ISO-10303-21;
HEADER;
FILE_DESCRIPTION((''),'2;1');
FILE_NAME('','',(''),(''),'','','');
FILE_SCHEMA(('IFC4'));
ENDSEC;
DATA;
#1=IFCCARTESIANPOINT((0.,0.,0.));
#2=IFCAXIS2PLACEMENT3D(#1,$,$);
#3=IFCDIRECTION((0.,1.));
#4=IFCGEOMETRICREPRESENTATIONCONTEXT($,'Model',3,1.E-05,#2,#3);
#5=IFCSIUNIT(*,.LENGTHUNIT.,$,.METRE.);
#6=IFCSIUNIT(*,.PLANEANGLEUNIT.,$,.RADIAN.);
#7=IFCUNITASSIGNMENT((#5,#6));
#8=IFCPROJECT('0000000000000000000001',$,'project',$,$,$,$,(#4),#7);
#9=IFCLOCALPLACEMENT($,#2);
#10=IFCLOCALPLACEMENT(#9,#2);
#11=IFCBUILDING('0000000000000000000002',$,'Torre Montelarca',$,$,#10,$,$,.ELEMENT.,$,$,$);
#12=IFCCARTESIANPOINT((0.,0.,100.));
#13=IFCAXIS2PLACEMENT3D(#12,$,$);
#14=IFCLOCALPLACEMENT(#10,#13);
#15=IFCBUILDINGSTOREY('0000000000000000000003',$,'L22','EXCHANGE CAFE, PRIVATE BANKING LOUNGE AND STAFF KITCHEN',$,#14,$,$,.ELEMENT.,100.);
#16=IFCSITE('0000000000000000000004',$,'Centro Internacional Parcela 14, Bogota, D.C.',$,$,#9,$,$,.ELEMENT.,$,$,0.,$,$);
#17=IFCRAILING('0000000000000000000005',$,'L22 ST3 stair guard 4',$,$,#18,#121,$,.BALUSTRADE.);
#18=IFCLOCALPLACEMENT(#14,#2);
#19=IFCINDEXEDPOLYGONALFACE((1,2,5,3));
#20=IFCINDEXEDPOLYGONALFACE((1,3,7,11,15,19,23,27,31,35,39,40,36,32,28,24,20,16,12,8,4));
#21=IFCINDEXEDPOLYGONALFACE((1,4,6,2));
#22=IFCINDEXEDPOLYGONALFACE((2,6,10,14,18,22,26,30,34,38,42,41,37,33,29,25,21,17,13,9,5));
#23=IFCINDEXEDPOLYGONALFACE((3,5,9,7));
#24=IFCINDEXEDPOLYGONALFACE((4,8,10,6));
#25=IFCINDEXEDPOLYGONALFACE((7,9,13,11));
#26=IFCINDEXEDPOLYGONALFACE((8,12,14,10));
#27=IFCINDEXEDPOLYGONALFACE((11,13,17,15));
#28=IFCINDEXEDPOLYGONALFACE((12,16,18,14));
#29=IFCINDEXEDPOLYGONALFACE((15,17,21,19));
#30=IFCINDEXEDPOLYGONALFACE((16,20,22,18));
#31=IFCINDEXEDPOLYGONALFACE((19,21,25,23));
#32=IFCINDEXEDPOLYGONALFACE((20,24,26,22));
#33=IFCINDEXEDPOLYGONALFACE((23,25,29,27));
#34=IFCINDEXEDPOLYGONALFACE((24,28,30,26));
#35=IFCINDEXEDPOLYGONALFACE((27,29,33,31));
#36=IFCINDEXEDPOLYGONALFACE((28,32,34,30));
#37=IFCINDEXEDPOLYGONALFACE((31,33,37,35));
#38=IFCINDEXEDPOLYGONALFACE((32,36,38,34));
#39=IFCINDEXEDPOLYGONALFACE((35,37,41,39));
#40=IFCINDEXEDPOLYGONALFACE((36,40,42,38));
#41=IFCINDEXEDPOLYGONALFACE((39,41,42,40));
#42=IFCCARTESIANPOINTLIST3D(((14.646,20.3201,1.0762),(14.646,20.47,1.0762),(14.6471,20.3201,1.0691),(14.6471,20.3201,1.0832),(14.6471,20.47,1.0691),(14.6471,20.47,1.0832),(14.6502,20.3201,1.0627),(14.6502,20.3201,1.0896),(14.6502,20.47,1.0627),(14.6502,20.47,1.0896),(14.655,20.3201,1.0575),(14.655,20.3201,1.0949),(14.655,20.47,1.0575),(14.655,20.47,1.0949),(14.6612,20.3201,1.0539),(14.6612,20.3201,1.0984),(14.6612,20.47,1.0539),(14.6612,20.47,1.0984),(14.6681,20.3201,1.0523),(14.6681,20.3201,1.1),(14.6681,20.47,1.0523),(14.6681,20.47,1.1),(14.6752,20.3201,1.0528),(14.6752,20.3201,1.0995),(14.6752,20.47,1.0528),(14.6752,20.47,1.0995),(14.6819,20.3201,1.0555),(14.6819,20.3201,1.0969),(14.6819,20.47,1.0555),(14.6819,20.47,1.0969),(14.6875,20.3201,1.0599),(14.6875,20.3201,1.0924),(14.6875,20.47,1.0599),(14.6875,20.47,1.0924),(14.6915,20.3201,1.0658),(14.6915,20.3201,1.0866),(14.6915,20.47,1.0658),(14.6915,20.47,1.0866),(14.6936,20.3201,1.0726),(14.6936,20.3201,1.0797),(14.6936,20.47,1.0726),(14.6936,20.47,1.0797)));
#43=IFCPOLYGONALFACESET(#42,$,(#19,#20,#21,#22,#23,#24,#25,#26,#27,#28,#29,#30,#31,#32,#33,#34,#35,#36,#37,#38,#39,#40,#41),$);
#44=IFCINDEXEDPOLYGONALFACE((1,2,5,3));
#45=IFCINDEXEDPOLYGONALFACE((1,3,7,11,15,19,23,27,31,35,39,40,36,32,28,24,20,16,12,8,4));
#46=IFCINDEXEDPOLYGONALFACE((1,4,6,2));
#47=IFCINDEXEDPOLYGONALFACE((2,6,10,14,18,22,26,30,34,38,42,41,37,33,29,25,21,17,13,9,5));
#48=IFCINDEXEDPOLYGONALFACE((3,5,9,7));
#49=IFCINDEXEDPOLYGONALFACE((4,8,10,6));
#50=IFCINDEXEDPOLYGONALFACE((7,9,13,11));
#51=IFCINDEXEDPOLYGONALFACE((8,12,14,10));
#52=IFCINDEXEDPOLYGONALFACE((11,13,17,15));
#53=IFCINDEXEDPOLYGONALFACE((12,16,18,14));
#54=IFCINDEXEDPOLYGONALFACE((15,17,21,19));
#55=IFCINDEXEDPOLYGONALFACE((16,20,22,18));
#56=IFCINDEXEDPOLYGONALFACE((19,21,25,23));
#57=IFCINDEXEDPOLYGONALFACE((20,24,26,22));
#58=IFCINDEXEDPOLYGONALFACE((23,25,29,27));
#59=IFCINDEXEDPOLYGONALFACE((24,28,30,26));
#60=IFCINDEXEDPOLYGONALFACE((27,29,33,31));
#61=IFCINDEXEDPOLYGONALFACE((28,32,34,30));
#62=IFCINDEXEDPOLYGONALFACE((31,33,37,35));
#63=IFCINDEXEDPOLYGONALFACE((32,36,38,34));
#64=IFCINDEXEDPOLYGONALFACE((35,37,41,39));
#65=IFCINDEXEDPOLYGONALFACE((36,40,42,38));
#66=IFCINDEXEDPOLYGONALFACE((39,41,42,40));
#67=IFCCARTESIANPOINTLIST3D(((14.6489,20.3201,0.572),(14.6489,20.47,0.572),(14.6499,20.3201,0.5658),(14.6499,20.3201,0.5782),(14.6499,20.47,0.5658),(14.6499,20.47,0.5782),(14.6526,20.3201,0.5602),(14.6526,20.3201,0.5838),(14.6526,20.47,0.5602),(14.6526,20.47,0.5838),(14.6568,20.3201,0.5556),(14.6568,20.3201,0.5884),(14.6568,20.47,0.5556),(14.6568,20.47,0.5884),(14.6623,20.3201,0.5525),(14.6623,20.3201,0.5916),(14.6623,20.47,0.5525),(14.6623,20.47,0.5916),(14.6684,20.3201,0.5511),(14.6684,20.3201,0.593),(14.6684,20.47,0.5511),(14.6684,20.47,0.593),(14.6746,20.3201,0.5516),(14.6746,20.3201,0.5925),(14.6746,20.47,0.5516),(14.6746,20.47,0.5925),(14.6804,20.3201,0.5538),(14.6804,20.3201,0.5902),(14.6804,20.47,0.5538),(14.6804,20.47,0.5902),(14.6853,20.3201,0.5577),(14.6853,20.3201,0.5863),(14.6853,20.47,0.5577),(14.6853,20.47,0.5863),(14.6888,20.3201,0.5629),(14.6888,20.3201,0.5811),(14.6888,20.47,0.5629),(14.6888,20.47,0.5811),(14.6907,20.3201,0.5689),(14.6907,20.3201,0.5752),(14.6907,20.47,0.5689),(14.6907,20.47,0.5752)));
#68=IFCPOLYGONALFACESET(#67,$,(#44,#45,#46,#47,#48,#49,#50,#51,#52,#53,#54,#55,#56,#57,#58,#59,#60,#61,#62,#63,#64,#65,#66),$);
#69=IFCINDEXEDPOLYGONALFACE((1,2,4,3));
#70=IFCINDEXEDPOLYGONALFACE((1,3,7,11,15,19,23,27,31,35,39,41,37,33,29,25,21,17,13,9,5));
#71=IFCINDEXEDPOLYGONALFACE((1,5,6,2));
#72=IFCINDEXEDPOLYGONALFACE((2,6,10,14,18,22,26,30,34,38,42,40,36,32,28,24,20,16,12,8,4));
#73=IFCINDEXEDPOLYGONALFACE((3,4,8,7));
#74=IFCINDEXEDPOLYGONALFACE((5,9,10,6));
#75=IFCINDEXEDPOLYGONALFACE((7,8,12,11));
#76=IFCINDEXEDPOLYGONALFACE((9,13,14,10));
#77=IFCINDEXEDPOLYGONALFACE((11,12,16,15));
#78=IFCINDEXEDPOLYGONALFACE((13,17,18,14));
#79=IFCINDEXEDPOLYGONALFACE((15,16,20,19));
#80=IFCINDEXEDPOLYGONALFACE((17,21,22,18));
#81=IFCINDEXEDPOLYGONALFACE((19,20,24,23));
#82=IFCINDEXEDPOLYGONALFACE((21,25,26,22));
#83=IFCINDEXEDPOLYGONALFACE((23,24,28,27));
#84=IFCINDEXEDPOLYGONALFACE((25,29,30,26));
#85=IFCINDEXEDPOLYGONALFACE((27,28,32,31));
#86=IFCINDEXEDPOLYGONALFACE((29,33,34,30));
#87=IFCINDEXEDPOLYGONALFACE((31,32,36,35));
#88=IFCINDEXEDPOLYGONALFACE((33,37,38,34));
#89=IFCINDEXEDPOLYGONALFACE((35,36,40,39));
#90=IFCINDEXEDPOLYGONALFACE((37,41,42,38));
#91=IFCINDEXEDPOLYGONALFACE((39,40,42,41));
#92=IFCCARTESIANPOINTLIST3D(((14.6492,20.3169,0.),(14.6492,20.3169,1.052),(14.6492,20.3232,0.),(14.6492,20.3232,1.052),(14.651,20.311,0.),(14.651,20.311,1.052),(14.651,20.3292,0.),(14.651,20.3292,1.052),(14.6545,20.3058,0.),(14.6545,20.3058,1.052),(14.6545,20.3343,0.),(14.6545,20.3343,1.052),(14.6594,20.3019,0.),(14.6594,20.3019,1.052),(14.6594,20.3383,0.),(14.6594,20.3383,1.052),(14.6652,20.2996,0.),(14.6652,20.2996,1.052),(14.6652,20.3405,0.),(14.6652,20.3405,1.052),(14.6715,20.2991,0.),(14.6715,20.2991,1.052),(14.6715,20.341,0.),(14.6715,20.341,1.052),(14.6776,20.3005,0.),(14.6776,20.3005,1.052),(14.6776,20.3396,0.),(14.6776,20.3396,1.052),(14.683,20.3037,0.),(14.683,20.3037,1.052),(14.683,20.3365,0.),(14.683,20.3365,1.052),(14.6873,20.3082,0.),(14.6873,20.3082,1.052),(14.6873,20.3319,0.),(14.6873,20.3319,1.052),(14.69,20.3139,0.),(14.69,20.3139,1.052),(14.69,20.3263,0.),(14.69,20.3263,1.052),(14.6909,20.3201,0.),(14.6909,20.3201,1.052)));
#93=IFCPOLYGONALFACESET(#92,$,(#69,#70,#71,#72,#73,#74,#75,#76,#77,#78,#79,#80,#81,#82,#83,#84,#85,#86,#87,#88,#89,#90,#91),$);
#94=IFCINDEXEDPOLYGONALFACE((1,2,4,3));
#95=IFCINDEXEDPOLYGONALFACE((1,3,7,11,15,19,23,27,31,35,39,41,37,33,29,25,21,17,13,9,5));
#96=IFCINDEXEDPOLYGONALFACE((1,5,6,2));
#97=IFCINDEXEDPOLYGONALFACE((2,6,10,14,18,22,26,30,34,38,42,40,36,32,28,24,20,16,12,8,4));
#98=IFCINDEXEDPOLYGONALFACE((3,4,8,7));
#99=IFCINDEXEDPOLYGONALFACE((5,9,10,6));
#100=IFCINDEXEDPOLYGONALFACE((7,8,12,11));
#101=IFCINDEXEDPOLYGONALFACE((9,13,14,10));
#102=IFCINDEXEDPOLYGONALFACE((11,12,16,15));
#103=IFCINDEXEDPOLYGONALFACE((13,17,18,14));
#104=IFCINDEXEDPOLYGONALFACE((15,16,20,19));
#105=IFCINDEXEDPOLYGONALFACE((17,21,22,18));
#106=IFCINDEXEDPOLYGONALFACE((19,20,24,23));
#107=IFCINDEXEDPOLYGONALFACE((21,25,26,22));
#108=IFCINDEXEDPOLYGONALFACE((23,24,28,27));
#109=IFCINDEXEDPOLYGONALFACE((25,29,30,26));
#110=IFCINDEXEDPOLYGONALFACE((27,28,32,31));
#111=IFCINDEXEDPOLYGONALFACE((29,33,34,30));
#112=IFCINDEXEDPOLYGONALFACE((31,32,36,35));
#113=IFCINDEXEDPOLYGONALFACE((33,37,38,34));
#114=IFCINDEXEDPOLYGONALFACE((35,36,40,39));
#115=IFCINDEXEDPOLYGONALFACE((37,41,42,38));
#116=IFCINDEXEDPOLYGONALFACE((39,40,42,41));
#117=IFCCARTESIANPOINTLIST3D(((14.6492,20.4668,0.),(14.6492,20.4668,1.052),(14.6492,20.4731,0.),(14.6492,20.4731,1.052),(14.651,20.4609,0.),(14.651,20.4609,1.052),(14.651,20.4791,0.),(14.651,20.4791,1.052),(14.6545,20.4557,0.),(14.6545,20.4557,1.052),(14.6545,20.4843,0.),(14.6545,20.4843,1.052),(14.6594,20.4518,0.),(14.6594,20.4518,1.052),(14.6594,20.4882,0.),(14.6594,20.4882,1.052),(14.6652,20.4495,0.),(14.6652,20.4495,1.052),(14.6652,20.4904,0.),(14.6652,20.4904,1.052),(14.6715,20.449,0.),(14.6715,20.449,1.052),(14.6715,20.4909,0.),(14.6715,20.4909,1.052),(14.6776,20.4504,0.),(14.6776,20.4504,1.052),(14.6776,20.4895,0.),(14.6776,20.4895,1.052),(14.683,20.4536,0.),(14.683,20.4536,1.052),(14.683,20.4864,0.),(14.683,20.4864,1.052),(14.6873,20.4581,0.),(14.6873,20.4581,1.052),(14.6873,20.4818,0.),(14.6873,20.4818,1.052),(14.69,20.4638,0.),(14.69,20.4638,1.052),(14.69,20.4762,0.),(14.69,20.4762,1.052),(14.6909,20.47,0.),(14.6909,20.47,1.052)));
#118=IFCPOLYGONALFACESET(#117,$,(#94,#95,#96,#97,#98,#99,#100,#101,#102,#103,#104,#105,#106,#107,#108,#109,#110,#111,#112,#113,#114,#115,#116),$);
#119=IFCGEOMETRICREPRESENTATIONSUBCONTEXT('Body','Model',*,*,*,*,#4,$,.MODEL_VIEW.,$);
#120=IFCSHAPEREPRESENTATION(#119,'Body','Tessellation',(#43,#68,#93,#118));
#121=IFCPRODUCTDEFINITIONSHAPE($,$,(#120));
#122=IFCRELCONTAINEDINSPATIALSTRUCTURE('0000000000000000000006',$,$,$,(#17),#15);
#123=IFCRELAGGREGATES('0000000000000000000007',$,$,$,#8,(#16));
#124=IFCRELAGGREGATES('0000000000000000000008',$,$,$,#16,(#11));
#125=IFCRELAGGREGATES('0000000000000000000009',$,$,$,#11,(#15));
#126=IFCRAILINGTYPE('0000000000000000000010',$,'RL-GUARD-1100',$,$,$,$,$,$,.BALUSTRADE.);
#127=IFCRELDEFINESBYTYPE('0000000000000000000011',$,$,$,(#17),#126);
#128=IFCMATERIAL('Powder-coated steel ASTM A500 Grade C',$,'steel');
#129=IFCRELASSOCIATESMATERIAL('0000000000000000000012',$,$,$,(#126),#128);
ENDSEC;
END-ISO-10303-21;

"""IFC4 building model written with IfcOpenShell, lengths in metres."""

from ifc_helpers import new_model, si_unit, direction, frame, origin, origin_2d, place, context, subcontext, project, spatial, circle, extrude, material, type_object, element, save


model = new_model("IFC4")

# Units and contexts
model_context = context("Model", 3, precision=1e-05, world=origin(), true_north=direction((0.0, 1.0)))
body_context = subcontext(model_context, "Body", "Model", "MODEL_VIEW")
ifc_project = project(units=[si_unit("LENGTHUNIT", "METRE"), si_unit("PLANEANGLEUNIT", "RADIAN")], contexts=[model_context])

# Site, building, storey
site_placement = place(None, origin())
site = spatial("IfcSite", under=ifc_project, at=site_placement, Name="Centro Internacional Parcela 14, Bogota, D.C.", CompositionType="ELEMENT", RefElevation=0.0)
building_placement = place(site_placement, origin())
building = spatial("IfcBuilding", under=site, at=building_placement, Name="Torre Montelarca", CompositionType="ELEMENT")
storey_placement = place(building_placement, frame((0.0, 0.0, 100.0)))
storey = spatial("IfcBuildingStorey", under=building, at=storey_placement, Name="L22", Description="EXCHANGE CAFE, PRIVATE BANKING LOUNGE AND STAFF KITCHEN", CompositionType="ELEMENT", Elevation=100.0)

# Railing
ifc_material_1 = material(Name="Powder-coated steel ASTM A500 Grade C", Category="steel")
railing_type_1 = type_object("IfcRailingType", Name="RL-GUARD-1100", PredefinedType="BALUSTRADE", material=ifc_material_1)
railing_1_placement = place(storey_placement, frame((14.6699, 20.3201, 0.0)))
element("IfcRailing", 1, at=railing_1_placement, inside=storey, type_object=railing_type_1, Name="L22 ST3 stair guard 4", PredefinedType="BALUSTRADE", context=body_context, shape_type="SweptSolid", body=[
    extrude(circle(Radius=0.0239, at=origin_2d()), frame((0.0, 0.0, 1.0762), z_axis=(0.0, 1.0, 0.0), x_axis=(-1.0, 0.0, 0.0)), (0.0, 0.0, 1.0), 0.1499),
    extrude(circle(Radius=0.021, at=origin_2d()), frame((0.0, 0.0, 0.572), z_axis=(0.0, 1.0, 0.0), x_axis=(-1.0, 0.0, 0.0)), (0.0, 0.0, 1.0), 0.1499),
    extrude(circle(Radius=0.021, at=origin_2d()), origin(), (0.0, 0.0, 1.0), 1.052),
    extrude(circle(Radius=0.021, at=origin_2d()), frame((0.0, 0.1499, 0.0)), (0.0, 0.0, 1.0), 1.052),
])

save(model, "model.ifc")
